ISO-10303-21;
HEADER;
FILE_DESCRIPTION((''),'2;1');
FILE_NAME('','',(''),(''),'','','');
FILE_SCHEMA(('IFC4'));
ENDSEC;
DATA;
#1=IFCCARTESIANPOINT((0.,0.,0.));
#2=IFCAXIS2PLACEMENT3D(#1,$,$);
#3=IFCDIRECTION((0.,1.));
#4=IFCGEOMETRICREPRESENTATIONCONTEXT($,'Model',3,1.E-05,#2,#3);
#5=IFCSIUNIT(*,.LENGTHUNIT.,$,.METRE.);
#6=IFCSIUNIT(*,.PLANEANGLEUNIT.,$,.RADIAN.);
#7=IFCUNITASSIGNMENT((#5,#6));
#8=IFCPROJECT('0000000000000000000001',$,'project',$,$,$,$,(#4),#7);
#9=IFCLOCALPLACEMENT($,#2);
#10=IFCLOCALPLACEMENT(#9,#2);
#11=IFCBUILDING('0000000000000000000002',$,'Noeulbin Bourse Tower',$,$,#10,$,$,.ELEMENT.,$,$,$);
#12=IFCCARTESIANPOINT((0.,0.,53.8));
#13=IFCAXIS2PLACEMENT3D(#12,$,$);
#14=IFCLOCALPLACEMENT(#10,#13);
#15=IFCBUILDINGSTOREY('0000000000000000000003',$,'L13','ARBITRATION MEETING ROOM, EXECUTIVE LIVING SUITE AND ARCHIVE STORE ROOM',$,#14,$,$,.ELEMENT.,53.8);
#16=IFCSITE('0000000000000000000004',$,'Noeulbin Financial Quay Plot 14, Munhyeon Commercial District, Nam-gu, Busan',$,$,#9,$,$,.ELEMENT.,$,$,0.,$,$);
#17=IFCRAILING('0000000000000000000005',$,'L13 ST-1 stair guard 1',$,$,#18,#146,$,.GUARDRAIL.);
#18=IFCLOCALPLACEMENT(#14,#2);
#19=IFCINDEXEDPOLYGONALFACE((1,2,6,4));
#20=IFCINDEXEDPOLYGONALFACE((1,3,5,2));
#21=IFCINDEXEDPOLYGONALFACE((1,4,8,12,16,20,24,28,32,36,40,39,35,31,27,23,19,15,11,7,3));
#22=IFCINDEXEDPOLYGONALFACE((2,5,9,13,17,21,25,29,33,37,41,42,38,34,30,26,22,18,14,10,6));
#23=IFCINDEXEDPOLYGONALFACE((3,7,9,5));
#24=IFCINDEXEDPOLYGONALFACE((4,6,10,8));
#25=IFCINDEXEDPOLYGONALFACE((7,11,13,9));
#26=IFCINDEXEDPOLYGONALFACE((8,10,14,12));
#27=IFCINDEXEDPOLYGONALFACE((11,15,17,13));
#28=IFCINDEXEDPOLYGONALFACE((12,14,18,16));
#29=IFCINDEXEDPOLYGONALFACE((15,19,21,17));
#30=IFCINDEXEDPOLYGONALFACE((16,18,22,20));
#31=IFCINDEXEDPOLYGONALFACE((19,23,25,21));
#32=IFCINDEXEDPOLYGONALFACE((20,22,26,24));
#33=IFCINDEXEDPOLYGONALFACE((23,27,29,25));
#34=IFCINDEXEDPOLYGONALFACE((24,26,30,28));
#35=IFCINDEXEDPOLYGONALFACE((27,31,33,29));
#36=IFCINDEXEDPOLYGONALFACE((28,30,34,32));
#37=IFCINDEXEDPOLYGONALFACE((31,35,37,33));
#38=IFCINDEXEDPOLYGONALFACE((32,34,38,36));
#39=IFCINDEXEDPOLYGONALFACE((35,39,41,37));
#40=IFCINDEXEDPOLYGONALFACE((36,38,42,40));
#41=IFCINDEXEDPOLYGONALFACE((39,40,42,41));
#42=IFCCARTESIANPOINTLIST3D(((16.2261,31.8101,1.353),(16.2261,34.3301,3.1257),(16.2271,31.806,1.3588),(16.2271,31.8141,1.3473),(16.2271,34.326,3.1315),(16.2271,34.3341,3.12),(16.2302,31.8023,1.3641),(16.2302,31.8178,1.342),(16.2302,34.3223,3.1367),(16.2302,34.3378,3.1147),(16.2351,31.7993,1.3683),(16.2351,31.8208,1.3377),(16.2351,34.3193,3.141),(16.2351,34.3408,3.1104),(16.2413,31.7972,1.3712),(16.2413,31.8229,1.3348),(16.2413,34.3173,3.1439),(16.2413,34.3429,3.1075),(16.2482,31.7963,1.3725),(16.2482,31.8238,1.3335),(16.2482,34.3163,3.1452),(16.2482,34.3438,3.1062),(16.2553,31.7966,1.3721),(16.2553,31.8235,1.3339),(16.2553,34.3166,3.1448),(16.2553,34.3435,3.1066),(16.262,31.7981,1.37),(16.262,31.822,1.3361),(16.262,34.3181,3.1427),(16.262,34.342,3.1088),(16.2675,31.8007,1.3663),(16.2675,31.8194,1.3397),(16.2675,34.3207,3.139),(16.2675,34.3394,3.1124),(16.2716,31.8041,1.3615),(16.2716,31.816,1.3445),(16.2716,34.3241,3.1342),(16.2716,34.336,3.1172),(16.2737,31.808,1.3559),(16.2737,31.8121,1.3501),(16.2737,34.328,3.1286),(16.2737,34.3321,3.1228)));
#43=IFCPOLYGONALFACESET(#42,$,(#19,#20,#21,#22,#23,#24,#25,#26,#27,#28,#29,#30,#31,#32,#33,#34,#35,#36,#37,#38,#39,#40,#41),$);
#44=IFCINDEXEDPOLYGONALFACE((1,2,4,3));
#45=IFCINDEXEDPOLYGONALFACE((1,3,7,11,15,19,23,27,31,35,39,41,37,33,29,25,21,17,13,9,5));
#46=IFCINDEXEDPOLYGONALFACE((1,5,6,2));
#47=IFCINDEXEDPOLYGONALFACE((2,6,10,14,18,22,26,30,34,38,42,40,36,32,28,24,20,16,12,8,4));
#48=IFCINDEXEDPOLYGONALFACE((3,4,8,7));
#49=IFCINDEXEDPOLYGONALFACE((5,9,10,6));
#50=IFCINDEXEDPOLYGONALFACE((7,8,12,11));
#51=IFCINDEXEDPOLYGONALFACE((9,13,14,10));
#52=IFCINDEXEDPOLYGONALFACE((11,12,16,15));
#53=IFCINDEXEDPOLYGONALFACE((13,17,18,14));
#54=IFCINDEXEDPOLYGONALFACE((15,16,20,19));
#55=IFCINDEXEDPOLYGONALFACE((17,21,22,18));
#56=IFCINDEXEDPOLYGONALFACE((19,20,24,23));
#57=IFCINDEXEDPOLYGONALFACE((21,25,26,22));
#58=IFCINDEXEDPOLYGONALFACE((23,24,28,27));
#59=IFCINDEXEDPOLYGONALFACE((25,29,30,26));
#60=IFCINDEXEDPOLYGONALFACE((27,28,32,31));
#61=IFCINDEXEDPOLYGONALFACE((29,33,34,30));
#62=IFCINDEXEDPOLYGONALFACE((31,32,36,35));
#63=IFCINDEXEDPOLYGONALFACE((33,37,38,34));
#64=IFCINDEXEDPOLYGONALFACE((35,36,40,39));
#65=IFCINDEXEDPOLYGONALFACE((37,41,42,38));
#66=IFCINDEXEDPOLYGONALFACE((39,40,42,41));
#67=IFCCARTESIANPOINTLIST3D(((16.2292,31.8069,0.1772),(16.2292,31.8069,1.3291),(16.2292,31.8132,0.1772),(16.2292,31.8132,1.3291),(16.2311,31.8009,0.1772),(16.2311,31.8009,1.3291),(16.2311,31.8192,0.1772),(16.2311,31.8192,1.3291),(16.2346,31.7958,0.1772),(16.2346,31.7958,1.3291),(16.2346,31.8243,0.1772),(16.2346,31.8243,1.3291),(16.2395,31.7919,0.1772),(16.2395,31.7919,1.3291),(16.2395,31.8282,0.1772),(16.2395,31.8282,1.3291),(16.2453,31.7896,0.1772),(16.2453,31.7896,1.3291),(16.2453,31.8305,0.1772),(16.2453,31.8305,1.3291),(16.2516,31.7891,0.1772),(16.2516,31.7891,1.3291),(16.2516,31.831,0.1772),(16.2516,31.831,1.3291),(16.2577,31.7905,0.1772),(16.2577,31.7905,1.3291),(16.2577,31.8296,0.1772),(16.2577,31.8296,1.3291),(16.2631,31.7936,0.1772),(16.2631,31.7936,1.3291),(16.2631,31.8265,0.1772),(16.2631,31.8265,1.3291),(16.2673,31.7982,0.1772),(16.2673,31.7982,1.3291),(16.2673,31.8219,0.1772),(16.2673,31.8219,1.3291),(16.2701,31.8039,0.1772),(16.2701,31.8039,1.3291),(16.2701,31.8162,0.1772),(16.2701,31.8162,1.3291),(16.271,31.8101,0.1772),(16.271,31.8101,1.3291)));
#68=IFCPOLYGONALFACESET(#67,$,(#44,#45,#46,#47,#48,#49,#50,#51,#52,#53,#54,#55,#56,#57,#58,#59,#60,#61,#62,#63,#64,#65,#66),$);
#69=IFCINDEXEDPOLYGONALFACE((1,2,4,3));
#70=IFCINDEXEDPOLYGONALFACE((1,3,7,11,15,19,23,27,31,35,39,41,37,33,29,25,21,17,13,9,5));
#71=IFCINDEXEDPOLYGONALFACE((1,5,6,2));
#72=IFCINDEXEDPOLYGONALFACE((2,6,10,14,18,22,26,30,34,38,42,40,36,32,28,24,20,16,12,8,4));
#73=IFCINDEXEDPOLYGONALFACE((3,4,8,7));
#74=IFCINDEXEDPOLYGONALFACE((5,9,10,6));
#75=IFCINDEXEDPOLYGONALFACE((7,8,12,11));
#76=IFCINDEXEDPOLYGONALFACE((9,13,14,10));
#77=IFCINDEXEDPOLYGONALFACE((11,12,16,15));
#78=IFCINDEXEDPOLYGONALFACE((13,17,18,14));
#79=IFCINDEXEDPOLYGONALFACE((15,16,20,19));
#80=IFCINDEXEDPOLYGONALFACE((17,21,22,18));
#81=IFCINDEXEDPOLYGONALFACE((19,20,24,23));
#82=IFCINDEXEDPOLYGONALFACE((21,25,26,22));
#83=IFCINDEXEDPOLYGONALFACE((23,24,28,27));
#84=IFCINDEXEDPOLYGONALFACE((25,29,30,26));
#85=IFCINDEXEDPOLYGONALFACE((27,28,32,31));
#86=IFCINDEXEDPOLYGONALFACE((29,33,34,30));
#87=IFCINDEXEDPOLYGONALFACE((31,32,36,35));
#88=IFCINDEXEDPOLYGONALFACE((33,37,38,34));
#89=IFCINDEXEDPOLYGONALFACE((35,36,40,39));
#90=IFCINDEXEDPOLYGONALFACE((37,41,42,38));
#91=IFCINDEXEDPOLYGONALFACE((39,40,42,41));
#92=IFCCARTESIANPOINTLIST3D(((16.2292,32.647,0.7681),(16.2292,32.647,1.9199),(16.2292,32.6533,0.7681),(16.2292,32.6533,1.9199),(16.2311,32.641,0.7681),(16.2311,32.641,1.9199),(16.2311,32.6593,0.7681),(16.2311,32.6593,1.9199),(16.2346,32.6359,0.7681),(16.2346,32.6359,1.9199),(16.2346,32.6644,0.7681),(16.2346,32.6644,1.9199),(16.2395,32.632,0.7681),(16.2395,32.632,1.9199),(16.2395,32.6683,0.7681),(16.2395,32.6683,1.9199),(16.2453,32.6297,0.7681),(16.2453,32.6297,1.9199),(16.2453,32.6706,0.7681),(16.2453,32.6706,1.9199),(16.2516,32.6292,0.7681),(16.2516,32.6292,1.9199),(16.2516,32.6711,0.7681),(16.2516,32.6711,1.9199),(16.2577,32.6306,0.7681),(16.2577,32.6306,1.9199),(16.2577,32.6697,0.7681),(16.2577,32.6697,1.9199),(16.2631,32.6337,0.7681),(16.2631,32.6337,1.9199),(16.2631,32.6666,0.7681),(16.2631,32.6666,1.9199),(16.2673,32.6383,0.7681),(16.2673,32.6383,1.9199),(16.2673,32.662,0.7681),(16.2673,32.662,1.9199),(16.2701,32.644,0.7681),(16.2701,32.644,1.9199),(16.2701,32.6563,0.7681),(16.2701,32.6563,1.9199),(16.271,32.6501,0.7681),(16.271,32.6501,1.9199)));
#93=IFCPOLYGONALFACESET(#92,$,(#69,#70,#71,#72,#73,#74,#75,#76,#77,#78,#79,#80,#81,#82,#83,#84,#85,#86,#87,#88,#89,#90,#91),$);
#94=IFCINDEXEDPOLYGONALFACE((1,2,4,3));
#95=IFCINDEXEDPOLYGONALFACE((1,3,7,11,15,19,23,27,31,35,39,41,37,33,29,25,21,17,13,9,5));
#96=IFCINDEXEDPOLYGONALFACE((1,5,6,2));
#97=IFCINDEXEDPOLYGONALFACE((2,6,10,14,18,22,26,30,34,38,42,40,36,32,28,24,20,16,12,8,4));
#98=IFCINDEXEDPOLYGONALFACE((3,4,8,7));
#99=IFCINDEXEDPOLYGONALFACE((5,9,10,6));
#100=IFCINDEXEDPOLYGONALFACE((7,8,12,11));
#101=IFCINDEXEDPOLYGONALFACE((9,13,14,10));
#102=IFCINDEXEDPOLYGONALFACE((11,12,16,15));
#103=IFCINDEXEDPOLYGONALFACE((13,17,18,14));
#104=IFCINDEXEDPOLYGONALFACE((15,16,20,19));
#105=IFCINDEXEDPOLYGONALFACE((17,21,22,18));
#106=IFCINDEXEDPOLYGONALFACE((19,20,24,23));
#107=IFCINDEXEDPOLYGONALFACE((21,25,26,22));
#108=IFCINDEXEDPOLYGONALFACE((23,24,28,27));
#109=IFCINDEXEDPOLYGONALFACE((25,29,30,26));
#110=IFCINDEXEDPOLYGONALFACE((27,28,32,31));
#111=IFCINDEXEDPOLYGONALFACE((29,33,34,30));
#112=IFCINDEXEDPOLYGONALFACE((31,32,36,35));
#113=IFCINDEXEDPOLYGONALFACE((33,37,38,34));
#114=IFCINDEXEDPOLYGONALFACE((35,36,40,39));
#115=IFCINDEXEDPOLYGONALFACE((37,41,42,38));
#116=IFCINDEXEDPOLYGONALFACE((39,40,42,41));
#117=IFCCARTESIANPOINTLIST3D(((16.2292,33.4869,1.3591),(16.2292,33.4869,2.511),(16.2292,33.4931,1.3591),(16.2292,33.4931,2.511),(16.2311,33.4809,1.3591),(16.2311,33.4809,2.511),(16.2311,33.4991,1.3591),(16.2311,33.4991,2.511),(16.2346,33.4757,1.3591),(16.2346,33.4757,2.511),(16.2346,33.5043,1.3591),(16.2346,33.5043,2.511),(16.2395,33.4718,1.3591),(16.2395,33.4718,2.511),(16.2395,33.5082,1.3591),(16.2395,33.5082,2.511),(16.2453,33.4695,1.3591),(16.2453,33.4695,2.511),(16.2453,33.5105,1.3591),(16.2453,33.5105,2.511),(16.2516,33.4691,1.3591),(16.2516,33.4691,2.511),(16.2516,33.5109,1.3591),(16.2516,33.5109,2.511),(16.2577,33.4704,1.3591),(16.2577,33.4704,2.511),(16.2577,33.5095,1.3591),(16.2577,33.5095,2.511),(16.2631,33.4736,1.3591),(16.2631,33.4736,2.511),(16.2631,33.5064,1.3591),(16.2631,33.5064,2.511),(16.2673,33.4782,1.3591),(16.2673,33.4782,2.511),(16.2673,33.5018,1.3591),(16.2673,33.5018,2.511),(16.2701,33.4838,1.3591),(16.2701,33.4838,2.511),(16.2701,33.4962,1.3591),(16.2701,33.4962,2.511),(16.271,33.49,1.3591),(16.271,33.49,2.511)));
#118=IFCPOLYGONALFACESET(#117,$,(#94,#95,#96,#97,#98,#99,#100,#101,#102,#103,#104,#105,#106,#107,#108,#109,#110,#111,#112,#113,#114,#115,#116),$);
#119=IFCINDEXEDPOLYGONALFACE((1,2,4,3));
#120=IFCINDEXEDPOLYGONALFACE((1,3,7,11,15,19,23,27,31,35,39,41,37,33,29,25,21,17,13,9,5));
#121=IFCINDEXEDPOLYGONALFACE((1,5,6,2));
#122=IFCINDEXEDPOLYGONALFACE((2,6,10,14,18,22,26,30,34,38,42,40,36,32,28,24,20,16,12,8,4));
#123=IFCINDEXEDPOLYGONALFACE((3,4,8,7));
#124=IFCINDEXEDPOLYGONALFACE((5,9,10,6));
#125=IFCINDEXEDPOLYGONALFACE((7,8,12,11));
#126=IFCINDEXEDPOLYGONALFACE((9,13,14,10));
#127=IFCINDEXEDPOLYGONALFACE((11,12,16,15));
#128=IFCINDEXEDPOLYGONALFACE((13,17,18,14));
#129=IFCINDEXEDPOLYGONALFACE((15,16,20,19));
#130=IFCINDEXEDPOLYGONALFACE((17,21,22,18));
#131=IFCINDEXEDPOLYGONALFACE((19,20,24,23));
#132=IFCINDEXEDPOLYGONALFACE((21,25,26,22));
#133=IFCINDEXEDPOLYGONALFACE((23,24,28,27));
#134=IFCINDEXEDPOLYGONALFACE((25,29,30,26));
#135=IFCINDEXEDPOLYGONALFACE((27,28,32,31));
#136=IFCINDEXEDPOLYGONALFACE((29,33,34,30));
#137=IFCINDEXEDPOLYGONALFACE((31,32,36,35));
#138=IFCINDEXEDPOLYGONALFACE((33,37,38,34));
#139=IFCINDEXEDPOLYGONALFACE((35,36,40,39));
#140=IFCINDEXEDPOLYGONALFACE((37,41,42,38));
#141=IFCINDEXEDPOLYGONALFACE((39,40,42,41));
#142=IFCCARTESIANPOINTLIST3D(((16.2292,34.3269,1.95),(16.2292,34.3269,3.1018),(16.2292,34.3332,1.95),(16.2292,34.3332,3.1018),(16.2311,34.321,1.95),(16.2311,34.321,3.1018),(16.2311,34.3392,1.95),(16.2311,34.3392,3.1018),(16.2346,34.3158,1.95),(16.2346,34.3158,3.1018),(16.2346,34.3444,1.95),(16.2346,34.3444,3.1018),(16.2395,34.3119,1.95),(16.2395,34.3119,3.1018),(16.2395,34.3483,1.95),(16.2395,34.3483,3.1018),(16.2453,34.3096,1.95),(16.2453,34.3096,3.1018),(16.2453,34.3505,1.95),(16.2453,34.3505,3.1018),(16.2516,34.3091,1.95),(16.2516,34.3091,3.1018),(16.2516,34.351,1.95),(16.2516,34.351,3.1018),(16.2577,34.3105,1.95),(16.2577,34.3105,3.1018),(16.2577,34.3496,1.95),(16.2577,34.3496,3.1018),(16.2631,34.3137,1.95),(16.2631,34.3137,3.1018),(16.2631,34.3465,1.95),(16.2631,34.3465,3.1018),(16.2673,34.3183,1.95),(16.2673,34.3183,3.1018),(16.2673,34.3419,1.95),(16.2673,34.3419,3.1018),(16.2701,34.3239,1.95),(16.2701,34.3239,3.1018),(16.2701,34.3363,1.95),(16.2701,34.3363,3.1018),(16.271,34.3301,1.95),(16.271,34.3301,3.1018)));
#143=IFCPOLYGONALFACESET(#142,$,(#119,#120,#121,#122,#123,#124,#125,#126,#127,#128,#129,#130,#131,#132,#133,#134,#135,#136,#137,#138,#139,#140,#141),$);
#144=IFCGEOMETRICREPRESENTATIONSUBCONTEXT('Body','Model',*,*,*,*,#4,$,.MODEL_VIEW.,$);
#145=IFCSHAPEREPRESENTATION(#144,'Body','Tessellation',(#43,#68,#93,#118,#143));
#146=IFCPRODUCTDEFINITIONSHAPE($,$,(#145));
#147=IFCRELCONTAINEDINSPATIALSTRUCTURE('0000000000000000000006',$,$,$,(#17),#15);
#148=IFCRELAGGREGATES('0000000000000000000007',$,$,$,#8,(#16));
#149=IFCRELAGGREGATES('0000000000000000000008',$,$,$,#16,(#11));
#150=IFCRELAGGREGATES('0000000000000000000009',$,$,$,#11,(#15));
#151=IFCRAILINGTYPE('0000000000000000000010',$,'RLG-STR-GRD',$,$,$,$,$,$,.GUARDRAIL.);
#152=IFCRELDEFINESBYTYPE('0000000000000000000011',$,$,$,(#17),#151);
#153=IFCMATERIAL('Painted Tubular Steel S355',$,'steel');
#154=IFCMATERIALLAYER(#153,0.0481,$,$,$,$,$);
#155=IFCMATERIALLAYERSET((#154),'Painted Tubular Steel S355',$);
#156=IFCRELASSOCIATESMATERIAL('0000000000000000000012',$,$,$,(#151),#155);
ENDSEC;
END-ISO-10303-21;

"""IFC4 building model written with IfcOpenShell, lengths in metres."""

from ifc_helpers import new_model, si_unit, direction, frame, origin, origin_2d, place, context, subcontext, project, spatial, circle, extrude, material, layer, layer_set, type_object, element, save


model = new_model("IFC4")

# Units and contexts
model_context = context("Model", 3, precision=1e-05, world=origin(), true_north=direction((0.0, 1.0)))
body_context = subcontext(model_context, "Body", "Model", "MODEL_VIEW")
ifc_project = project(units=[si_unit("LENGTHUNIT", "METRE"), si_unit("PLANEANGLEUNIT", "RADIAN")], contexts=[model_context])

# Site, building, storey
site_placement = place(None, origin())
site = spatial("IfcSite", under=ifc_project, at=site_placement, Name="Noeulbin Financial Quay Plot 14, Munhyeon Commercial District, Nam-gu, Busan", CompositionType="ELEMENT", RefElevation=0.0)
building_placement = place(site_placement, origin())
building = spatial("IfcBuilding", under=site, at=building_placement, Name="Noeulbin Bourse Tower", CompositionType="ELEMENT")
storey_placement = place(building_placement, frame((0.0, 0.0, 53.8)))
storey = spatial("IfcBuildingStorey", under=building, at=storey_placement, Name="L13", Description="ARBITRATION MEETING ROOM, EXECUTIVE LIVING SUITE AND ARCHIVE STORE ROOM", CompositionType="ELEMENT", Elevation=53.8)

# Railing
ifc_material_1 = material(Name="Painted Tubular Steel S355", Category="steel")
ifc_layer_1 = layer(ifc_material_1, 0.0481)
ifc_layer_set_1 = layer_set([ifc_layer_1], Name="Painted Tubular Steel S355")
railing_type_1 = type_object("IfcRailingType", Name="RLG-STR-GRD", PredefinedType="GUARDRAIL", material=ifc_layer_set_1)
railing_1_placement = place(storey_placement, frame((16.25, 31.8101, 0.1772)))
element("IfcRailing", 1, at=railing_1_placement, inside=storey, type_object=railing_type_1, Name="L13 ST-1 stair guard 1", PredefinedType="GUARDRAIL", context=body_context, shape_type="SweptSolid", body=[
    extrude(circle(Radius=0.0239, at=origin_2d()), frame((0.0, 0.0, 1.1758), z_axis=(0.0, 0.817904, 0.575354), x_axis=(-1.0, 0.0, 0.0)), (0.0, 0.0, 1.0), 3.0811),
    extrude(circle(Radius=0.021, at=origin_2d()), origin(), (0.0, 0.0, 1.0), 1.1519),
    extrude(circle(Radius=0.021, at=origin_2d()), frame((0.0, 0.8401, 0.5908)), (0.0, 0.0, 1.0), 1.1519),
    extrude(circle(Radius=0.021, at=origin_2d()), frame((0.0, 1.6799, 1.1819)), (0.0, 0.0, 1.0), 1.1519),
    extrude(circle(Radius=0.021, at=origin_2d()), frame((0.0, 2.52, 1.7727)), (0.0, 0.0, 1.0), 1.1519),
])

save(model, "model.ifc")
